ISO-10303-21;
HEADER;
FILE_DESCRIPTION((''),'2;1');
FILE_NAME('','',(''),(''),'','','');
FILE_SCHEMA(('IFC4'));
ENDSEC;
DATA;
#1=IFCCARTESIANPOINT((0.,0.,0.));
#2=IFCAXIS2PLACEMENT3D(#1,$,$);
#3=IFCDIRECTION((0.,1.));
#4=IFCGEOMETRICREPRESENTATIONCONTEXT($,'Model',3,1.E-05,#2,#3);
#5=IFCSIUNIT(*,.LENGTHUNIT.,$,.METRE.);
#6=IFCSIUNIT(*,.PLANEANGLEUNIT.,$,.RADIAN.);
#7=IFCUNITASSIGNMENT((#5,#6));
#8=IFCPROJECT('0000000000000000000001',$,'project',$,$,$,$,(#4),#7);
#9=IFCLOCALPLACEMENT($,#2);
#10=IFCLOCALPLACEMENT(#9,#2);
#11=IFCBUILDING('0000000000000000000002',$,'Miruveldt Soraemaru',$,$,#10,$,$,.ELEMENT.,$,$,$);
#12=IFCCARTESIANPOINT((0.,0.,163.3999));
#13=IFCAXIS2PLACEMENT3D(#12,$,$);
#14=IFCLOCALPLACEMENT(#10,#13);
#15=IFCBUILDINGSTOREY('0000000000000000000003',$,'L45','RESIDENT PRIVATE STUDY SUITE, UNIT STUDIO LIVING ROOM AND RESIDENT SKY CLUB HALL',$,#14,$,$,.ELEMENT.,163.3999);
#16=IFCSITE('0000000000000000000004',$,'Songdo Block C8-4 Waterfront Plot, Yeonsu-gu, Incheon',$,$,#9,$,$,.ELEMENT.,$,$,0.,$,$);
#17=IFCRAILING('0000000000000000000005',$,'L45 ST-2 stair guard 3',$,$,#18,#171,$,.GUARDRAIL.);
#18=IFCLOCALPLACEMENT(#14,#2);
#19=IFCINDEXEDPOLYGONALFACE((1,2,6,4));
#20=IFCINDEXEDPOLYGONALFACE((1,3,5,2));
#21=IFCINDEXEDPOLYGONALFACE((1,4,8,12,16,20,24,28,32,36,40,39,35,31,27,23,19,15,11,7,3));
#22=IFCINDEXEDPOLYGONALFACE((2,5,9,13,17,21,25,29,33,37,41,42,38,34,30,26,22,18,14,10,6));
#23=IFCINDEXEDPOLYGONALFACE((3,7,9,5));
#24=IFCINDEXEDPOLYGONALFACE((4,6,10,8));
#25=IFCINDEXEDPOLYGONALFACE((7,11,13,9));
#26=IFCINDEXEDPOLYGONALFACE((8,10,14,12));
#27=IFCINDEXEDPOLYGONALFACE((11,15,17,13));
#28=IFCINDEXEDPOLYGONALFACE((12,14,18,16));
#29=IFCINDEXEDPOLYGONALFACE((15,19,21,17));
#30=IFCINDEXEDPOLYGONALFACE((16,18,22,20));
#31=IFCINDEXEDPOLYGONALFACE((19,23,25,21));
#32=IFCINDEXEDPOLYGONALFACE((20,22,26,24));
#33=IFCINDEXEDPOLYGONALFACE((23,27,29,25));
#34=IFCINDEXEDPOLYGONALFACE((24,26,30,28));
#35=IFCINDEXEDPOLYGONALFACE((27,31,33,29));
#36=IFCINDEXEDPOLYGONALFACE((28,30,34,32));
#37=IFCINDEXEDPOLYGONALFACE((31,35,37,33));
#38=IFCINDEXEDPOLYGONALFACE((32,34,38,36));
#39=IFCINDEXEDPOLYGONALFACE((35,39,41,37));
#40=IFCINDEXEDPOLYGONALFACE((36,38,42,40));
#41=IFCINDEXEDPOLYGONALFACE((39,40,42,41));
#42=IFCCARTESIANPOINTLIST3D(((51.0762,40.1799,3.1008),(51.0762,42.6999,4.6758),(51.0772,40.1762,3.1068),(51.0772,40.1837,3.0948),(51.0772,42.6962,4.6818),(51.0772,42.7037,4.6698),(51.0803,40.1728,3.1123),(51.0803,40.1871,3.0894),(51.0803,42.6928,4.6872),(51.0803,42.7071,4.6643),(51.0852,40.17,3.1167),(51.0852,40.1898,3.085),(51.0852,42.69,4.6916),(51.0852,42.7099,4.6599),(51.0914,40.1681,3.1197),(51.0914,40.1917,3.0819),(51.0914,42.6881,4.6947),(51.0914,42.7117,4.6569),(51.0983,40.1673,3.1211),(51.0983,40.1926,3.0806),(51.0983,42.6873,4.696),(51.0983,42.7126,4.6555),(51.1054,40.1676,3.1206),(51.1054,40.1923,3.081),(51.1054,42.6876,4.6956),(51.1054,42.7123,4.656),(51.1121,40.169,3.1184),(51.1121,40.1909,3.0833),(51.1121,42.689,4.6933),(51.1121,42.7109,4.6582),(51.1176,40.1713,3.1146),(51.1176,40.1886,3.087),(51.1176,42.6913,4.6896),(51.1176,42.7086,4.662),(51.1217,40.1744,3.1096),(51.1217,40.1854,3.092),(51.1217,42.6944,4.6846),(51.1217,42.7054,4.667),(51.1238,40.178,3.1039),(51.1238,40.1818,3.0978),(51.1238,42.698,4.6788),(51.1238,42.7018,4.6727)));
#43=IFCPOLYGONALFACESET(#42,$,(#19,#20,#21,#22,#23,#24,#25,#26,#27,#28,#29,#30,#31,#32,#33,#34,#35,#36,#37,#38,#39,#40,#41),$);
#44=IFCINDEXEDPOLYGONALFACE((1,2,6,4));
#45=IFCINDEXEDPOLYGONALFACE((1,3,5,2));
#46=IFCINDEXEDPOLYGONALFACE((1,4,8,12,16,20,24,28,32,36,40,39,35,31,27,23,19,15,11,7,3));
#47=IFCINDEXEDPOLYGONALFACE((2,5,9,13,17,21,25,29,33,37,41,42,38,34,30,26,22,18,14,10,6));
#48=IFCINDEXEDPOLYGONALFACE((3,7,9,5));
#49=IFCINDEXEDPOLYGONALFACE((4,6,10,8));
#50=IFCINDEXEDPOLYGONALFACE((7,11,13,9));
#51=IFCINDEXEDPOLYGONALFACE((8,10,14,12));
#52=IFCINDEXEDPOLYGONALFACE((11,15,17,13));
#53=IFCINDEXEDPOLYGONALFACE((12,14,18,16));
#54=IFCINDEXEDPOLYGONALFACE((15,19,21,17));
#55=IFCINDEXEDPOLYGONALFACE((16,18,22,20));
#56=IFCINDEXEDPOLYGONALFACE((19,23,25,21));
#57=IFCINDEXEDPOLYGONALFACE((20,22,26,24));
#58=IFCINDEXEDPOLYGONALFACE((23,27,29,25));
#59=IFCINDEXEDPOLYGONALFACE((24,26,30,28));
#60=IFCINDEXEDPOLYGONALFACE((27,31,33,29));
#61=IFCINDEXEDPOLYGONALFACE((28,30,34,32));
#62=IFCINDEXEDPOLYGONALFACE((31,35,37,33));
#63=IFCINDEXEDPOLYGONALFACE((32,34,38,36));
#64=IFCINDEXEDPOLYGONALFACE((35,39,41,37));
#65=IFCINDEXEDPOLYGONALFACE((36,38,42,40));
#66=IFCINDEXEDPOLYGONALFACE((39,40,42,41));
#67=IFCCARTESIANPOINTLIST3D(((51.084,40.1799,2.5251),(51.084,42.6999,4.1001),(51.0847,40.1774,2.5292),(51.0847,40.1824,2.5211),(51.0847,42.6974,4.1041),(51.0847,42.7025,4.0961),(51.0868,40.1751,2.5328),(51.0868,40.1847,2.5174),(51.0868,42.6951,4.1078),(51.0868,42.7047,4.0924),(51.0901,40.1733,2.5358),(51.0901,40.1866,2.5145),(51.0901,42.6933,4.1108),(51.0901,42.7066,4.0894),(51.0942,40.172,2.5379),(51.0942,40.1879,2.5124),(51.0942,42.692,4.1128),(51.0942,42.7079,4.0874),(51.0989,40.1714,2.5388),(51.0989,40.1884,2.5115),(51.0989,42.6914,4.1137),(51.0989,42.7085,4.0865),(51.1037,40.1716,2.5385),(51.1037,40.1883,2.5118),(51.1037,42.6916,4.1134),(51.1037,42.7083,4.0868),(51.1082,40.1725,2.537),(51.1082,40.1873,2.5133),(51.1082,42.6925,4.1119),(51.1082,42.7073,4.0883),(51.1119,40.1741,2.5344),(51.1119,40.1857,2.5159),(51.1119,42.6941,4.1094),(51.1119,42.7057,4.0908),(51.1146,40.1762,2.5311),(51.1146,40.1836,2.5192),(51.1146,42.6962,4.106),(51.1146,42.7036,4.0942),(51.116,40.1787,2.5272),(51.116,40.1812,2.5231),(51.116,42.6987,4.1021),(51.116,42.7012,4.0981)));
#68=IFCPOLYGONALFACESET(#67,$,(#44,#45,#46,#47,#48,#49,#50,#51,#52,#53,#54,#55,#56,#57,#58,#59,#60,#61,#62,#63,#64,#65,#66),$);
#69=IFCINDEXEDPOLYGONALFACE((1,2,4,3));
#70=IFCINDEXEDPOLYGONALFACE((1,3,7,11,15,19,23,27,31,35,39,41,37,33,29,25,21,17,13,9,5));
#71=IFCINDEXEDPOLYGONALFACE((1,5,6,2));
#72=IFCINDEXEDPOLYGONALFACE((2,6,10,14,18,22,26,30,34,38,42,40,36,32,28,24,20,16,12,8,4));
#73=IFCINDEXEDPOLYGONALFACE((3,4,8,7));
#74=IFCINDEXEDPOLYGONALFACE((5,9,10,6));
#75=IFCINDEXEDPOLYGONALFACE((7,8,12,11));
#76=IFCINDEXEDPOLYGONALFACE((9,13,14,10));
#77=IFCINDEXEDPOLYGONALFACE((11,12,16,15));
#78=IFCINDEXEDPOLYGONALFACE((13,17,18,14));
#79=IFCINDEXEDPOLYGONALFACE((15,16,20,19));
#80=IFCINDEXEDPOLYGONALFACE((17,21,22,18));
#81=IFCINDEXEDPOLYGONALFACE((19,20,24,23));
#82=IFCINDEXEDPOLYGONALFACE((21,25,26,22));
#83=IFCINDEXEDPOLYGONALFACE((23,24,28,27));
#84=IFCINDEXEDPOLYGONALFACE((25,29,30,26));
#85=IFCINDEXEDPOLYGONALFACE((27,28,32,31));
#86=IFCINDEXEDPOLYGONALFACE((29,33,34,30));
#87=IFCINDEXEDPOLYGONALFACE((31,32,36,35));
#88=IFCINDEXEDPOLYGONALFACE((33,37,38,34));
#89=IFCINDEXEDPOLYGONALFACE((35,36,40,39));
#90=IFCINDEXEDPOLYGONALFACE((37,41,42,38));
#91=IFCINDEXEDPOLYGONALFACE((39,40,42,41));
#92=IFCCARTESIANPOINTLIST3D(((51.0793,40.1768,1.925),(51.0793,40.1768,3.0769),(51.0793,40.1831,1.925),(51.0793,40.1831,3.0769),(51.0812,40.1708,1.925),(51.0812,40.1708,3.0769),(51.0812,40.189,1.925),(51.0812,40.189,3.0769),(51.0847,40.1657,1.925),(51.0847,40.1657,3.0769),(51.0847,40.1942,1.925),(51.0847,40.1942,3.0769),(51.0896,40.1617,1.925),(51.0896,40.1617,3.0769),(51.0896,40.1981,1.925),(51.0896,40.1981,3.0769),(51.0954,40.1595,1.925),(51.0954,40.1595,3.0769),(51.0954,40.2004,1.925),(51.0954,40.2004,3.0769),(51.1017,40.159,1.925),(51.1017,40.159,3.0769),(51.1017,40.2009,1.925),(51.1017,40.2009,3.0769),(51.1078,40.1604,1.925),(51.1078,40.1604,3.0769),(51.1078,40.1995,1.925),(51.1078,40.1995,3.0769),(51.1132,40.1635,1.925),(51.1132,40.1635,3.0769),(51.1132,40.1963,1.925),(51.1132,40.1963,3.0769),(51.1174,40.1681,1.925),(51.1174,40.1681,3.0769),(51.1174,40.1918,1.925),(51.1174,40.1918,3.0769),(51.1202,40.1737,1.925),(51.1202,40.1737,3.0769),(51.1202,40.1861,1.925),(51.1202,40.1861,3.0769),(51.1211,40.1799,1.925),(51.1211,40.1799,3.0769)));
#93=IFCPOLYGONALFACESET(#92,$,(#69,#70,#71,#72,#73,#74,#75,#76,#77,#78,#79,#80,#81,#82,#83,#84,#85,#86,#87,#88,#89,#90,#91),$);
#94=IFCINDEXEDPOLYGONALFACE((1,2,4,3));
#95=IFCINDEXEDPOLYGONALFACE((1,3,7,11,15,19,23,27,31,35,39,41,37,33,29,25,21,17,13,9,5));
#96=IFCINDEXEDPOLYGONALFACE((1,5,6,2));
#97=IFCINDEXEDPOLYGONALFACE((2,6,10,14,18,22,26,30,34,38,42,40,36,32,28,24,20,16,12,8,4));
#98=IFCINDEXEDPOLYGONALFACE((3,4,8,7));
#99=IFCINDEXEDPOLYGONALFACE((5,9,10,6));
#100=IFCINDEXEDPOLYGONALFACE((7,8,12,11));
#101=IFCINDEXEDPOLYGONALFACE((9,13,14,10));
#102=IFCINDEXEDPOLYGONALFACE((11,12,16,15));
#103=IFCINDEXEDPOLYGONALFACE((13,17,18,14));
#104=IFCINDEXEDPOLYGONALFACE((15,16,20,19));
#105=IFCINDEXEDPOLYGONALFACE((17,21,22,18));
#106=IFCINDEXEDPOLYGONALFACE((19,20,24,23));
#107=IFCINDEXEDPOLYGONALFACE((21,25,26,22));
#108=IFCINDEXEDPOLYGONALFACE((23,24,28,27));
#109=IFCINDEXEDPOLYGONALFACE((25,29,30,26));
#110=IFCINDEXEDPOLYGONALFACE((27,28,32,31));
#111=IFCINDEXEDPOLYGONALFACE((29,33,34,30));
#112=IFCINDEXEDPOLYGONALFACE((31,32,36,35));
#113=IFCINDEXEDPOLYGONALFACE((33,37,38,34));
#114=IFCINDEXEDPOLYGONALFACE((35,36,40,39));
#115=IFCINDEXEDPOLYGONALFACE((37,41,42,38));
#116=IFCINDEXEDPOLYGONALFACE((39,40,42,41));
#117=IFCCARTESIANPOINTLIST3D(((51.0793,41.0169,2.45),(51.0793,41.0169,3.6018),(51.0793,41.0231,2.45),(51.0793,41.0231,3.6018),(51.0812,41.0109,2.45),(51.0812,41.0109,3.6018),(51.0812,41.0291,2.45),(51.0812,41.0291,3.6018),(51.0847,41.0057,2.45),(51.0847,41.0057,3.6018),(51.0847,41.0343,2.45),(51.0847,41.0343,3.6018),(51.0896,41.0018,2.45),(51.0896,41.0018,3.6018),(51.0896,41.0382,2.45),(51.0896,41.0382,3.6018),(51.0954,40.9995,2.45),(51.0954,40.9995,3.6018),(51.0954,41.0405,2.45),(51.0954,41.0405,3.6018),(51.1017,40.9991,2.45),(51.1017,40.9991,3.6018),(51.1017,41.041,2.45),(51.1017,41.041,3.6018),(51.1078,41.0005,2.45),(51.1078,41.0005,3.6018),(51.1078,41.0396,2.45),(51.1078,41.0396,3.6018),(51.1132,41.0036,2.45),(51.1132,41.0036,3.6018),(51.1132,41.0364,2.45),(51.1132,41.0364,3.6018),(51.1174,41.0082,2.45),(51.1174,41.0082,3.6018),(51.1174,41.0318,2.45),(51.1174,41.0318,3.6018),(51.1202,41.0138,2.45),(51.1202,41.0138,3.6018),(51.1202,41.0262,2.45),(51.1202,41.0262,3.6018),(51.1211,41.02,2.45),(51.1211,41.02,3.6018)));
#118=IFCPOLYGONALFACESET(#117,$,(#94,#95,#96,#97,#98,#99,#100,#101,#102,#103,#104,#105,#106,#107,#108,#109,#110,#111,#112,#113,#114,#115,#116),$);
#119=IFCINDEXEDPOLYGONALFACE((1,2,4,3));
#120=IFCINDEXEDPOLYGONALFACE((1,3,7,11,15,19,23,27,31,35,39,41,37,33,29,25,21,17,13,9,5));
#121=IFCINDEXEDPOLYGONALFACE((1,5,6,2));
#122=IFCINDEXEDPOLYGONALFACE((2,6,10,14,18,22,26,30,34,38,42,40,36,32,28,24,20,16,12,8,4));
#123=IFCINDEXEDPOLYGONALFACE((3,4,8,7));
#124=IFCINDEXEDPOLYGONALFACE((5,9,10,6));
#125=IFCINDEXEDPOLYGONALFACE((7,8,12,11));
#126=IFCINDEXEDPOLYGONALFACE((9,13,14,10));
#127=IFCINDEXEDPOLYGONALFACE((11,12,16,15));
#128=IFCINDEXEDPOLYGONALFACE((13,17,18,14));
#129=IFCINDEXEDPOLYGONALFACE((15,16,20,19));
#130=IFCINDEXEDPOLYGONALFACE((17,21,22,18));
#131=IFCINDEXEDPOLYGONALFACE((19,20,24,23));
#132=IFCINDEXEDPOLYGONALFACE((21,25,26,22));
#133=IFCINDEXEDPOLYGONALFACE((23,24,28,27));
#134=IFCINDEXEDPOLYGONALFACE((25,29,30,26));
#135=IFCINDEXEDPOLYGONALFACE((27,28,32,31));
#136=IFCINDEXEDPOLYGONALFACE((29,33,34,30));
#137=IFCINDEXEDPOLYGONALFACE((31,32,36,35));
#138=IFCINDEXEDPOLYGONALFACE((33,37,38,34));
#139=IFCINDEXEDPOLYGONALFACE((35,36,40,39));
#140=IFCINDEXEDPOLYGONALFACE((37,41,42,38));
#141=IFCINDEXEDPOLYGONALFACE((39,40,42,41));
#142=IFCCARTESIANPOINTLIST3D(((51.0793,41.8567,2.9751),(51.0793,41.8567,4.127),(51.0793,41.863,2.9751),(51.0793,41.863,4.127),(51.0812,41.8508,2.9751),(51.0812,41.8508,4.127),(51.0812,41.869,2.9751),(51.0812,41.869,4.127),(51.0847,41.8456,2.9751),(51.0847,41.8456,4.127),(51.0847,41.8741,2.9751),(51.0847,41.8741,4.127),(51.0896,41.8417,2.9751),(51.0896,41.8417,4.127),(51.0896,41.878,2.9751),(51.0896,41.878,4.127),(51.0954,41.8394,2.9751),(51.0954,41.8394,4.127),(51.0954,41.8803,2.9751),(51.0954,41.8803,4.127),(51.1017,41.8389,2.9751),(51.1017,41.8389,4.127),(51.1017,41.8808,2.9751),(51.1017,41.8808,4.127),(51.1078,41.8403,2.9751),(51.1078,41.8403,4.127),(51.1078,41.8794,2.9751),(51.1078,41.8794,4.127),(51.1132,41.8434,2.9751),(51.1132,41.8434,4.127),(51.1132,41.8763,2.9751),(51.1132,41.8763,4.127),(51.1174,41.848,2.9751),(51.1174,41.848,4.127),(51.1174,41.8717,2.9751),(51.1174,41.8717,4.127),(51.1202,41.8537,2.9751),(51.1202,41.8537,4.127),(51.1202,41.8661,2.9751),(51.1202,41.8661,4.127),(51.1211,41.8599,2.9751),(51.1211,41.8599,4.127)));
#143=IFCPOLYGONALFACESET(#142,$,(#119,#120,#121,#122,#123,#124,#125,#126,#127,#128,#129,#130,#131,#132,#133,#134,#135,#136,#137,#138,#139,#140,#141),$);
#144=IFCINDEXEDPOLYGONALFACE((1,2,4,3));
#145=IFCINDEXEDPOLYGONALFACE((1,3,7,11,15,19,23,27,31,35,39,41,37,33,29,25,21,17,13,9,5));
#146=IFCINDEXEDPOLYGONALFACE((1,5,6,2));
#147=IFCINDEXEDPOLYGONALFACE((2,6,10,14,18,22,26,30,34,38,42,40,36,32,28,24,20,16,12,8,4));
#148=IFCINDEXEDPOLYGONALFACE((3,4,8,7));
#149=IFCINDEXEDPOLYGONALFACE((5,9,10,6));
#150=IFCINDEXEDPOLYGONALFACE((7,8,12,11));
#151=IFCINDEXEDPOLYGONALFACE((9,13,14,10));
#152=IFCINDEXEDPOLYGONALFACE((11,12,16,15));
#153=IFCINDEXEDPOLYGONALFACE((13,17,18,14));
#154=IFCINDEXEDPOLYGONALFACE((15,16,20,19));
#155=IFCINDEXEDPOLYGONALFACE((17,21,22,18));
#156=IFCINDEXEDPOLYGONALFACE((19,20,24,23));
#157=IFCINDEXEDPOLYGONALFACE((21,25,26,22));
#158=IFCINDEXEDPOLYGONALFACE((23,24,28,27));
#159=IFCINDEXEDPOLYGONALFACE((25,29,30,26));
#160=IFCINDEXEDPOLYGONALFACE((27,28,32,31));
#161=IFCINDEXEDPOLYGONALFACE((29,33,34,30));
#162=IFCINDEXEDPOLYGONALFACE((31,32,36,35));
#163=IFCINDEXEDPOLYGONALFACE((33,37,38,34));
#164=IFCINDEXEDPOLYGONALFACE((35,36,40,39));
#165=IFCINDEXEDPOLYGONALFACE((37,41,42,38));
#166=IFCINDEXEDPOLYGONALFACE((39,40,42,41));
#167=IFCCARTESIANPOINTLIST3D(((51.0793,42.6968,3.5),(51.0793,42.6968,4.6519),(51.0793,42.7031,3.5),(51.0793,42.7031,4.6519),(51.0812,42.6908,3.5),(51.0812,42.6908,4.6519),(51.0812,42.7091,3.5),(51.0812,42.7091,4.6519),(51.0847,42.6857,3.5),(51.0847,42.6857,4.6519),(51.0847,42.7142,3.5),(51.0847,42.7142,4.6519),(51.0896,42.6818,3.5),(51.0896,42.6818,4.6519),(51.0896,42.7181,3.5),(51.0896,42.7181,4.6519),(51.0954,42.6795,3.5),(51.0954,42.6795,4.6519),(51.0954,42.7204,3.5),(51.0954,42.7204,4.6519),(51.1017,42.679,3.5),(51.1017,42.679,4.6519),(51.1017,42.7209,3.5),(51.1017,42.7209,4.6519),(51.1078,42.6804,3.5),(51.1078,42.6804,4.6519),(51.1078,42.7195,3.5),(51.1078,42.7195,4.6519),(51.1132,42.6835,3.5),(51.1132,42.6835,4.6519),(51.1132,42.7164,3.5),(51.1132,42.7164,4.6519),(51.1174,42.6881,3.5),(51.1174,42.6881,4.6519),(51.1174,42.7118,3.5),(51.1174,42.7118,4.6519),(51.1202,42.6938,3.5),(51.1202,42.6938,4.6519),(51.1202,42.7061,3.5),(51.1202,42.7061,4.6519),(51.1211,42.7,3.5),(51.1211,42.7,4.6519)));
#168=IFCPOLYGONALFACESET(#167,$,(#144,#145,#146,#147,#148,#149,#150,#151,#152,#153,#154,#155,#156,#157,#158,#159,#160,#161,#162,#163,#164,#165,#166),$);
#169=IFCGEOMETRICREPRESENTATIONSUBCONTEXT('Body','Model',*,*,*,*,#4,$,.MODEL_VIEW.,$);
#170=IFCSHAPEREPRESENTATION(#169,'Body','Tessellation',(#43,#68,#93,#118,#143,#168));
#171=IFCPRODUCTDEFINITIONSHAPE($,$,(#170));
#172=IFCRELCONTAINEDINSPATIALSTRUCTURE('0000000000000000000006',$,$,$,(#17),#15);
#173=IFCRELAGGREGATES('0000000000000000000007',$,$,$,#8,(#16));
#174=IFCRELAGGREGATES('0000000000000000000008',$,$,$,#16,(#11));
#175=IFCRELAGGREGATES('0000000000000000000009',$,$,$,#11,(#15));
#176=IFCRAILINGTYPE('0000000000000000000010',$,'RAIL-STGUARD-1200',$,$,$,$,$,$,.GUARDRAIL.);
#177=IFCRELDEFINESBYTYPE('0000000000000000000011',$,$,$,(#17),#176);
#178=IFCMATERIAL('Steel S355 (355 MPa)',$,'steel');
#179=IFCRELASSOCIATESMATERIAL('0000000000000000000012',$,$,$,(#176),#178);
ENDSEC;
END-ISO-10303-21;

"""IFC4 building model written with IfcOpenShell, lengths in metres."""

from ifc_helpers import new_model, si_unit, direction, frame, origin, origin_2d, place, context, subcontext, project, spatial, circle, extrude, material, type_object, element, save


model = new_model("IFC4")

# Units and contexts
model_context = context("Model", 3, precision=1e-05, world=origin(), true_north=direction((0.0, 1.0)))
body_context = subcontext(model_context, "Body", "Model", "MODEL_VIEW")
ifc_project = project(units=[si_unit("LENGTHUNIT", "METRE"), si_unit("PLANEANGLEUNIT", "RADIAN")], contexts=[model_context])

# Site, building, storey
site_placement = place(None, origin())
site = spatial("IfcSite", under=ifc_project, at=site_placement, Name="Songdo Block C8-4 Waterfront Plot, Yeonsu-gu, Incheon", CompositionType="ELEMENT", RefElevation=0.0)
building_placement = place(site_placement, origin())
building = spatial("IfcBuilding", under=site, at=building_placement, Name="Miruveldt Soraemaru", CompositionType="ELEMENT")
storey_placement = place(building_placement, frame((0.0, 0.0, 163.3999)))
storey = spatial("IfcBuildingStorey", under=building, at=storey_placement, Name="L45", Description="RESIDENT PRIVATE STUDY SUITE, UNIT STUDIO LIVING ROOM AND RESIDENT SKY CLUB HALL", CompositionType="ELEMENT", Elevation=163.3999)

# Railing
ifc_material_1 = material(Name="Steel S355 (355 MPa)", Category="steel")
railing_type_1 = type_object("IfcRailingType", Name="RAIL-STGUARD-1200", PredefinedType="GUARDRAIL", material=ifc_material_1)
railing_1_placement = place(storey_placement, frame((51.1001, 40.1799, 1.925)))
element("IfcRailing", 1, at=railing_1_placement, inside=storey, type_object=railing_type_1, Name="L45 ST-2 stair guard 3", PredefinedType="GUARDRAIL", context=body_context, shape_type="SweptSolid", body=[
    extrude(circle(Radius=0.0239, at=origin_2d()), frame((0.0, 0.0, 1.1758), z_axis=(0.0, 0.848008, 0.529984), x_axis=(-1.0, 0.0, 0.0)), (0.0, 0.0, 1.0), 2.9717),
    extrude(circle(Radius=0.0161, at=origin_2d()), frame((0.0, 0.0, 0.6001), z_axis=(0.0, 0.848008, 0.529984), x_axis=(-1.0, 0.0, 0.0)), (0.0, 0.0, 1.0), 2.9717),
    extrude(circle(Radius=0.021, at=origin_2d()), origin(), (0.0, 0.0, 1.0), 1.1519),
    extrude(circle(Radius=0.021, at=origin_2d()), frame((0.0, 0.8401, 0.5249)), (0.0, 0.0, 1.0), 1.1519),
    extrude(circle(Radius=0.021, at=origin_2d()), frame((0.0, 1.6799, 1.05)), (0.0, 0.0, 1.0), 1.1519),
    extrude(circle(Radius=0.021, at=origin_2d()), frame((0.0, 2.52, 1.575)), (0.0, 0.0, 1.0), 1.1519),
])

save(model, "model.ifc")
